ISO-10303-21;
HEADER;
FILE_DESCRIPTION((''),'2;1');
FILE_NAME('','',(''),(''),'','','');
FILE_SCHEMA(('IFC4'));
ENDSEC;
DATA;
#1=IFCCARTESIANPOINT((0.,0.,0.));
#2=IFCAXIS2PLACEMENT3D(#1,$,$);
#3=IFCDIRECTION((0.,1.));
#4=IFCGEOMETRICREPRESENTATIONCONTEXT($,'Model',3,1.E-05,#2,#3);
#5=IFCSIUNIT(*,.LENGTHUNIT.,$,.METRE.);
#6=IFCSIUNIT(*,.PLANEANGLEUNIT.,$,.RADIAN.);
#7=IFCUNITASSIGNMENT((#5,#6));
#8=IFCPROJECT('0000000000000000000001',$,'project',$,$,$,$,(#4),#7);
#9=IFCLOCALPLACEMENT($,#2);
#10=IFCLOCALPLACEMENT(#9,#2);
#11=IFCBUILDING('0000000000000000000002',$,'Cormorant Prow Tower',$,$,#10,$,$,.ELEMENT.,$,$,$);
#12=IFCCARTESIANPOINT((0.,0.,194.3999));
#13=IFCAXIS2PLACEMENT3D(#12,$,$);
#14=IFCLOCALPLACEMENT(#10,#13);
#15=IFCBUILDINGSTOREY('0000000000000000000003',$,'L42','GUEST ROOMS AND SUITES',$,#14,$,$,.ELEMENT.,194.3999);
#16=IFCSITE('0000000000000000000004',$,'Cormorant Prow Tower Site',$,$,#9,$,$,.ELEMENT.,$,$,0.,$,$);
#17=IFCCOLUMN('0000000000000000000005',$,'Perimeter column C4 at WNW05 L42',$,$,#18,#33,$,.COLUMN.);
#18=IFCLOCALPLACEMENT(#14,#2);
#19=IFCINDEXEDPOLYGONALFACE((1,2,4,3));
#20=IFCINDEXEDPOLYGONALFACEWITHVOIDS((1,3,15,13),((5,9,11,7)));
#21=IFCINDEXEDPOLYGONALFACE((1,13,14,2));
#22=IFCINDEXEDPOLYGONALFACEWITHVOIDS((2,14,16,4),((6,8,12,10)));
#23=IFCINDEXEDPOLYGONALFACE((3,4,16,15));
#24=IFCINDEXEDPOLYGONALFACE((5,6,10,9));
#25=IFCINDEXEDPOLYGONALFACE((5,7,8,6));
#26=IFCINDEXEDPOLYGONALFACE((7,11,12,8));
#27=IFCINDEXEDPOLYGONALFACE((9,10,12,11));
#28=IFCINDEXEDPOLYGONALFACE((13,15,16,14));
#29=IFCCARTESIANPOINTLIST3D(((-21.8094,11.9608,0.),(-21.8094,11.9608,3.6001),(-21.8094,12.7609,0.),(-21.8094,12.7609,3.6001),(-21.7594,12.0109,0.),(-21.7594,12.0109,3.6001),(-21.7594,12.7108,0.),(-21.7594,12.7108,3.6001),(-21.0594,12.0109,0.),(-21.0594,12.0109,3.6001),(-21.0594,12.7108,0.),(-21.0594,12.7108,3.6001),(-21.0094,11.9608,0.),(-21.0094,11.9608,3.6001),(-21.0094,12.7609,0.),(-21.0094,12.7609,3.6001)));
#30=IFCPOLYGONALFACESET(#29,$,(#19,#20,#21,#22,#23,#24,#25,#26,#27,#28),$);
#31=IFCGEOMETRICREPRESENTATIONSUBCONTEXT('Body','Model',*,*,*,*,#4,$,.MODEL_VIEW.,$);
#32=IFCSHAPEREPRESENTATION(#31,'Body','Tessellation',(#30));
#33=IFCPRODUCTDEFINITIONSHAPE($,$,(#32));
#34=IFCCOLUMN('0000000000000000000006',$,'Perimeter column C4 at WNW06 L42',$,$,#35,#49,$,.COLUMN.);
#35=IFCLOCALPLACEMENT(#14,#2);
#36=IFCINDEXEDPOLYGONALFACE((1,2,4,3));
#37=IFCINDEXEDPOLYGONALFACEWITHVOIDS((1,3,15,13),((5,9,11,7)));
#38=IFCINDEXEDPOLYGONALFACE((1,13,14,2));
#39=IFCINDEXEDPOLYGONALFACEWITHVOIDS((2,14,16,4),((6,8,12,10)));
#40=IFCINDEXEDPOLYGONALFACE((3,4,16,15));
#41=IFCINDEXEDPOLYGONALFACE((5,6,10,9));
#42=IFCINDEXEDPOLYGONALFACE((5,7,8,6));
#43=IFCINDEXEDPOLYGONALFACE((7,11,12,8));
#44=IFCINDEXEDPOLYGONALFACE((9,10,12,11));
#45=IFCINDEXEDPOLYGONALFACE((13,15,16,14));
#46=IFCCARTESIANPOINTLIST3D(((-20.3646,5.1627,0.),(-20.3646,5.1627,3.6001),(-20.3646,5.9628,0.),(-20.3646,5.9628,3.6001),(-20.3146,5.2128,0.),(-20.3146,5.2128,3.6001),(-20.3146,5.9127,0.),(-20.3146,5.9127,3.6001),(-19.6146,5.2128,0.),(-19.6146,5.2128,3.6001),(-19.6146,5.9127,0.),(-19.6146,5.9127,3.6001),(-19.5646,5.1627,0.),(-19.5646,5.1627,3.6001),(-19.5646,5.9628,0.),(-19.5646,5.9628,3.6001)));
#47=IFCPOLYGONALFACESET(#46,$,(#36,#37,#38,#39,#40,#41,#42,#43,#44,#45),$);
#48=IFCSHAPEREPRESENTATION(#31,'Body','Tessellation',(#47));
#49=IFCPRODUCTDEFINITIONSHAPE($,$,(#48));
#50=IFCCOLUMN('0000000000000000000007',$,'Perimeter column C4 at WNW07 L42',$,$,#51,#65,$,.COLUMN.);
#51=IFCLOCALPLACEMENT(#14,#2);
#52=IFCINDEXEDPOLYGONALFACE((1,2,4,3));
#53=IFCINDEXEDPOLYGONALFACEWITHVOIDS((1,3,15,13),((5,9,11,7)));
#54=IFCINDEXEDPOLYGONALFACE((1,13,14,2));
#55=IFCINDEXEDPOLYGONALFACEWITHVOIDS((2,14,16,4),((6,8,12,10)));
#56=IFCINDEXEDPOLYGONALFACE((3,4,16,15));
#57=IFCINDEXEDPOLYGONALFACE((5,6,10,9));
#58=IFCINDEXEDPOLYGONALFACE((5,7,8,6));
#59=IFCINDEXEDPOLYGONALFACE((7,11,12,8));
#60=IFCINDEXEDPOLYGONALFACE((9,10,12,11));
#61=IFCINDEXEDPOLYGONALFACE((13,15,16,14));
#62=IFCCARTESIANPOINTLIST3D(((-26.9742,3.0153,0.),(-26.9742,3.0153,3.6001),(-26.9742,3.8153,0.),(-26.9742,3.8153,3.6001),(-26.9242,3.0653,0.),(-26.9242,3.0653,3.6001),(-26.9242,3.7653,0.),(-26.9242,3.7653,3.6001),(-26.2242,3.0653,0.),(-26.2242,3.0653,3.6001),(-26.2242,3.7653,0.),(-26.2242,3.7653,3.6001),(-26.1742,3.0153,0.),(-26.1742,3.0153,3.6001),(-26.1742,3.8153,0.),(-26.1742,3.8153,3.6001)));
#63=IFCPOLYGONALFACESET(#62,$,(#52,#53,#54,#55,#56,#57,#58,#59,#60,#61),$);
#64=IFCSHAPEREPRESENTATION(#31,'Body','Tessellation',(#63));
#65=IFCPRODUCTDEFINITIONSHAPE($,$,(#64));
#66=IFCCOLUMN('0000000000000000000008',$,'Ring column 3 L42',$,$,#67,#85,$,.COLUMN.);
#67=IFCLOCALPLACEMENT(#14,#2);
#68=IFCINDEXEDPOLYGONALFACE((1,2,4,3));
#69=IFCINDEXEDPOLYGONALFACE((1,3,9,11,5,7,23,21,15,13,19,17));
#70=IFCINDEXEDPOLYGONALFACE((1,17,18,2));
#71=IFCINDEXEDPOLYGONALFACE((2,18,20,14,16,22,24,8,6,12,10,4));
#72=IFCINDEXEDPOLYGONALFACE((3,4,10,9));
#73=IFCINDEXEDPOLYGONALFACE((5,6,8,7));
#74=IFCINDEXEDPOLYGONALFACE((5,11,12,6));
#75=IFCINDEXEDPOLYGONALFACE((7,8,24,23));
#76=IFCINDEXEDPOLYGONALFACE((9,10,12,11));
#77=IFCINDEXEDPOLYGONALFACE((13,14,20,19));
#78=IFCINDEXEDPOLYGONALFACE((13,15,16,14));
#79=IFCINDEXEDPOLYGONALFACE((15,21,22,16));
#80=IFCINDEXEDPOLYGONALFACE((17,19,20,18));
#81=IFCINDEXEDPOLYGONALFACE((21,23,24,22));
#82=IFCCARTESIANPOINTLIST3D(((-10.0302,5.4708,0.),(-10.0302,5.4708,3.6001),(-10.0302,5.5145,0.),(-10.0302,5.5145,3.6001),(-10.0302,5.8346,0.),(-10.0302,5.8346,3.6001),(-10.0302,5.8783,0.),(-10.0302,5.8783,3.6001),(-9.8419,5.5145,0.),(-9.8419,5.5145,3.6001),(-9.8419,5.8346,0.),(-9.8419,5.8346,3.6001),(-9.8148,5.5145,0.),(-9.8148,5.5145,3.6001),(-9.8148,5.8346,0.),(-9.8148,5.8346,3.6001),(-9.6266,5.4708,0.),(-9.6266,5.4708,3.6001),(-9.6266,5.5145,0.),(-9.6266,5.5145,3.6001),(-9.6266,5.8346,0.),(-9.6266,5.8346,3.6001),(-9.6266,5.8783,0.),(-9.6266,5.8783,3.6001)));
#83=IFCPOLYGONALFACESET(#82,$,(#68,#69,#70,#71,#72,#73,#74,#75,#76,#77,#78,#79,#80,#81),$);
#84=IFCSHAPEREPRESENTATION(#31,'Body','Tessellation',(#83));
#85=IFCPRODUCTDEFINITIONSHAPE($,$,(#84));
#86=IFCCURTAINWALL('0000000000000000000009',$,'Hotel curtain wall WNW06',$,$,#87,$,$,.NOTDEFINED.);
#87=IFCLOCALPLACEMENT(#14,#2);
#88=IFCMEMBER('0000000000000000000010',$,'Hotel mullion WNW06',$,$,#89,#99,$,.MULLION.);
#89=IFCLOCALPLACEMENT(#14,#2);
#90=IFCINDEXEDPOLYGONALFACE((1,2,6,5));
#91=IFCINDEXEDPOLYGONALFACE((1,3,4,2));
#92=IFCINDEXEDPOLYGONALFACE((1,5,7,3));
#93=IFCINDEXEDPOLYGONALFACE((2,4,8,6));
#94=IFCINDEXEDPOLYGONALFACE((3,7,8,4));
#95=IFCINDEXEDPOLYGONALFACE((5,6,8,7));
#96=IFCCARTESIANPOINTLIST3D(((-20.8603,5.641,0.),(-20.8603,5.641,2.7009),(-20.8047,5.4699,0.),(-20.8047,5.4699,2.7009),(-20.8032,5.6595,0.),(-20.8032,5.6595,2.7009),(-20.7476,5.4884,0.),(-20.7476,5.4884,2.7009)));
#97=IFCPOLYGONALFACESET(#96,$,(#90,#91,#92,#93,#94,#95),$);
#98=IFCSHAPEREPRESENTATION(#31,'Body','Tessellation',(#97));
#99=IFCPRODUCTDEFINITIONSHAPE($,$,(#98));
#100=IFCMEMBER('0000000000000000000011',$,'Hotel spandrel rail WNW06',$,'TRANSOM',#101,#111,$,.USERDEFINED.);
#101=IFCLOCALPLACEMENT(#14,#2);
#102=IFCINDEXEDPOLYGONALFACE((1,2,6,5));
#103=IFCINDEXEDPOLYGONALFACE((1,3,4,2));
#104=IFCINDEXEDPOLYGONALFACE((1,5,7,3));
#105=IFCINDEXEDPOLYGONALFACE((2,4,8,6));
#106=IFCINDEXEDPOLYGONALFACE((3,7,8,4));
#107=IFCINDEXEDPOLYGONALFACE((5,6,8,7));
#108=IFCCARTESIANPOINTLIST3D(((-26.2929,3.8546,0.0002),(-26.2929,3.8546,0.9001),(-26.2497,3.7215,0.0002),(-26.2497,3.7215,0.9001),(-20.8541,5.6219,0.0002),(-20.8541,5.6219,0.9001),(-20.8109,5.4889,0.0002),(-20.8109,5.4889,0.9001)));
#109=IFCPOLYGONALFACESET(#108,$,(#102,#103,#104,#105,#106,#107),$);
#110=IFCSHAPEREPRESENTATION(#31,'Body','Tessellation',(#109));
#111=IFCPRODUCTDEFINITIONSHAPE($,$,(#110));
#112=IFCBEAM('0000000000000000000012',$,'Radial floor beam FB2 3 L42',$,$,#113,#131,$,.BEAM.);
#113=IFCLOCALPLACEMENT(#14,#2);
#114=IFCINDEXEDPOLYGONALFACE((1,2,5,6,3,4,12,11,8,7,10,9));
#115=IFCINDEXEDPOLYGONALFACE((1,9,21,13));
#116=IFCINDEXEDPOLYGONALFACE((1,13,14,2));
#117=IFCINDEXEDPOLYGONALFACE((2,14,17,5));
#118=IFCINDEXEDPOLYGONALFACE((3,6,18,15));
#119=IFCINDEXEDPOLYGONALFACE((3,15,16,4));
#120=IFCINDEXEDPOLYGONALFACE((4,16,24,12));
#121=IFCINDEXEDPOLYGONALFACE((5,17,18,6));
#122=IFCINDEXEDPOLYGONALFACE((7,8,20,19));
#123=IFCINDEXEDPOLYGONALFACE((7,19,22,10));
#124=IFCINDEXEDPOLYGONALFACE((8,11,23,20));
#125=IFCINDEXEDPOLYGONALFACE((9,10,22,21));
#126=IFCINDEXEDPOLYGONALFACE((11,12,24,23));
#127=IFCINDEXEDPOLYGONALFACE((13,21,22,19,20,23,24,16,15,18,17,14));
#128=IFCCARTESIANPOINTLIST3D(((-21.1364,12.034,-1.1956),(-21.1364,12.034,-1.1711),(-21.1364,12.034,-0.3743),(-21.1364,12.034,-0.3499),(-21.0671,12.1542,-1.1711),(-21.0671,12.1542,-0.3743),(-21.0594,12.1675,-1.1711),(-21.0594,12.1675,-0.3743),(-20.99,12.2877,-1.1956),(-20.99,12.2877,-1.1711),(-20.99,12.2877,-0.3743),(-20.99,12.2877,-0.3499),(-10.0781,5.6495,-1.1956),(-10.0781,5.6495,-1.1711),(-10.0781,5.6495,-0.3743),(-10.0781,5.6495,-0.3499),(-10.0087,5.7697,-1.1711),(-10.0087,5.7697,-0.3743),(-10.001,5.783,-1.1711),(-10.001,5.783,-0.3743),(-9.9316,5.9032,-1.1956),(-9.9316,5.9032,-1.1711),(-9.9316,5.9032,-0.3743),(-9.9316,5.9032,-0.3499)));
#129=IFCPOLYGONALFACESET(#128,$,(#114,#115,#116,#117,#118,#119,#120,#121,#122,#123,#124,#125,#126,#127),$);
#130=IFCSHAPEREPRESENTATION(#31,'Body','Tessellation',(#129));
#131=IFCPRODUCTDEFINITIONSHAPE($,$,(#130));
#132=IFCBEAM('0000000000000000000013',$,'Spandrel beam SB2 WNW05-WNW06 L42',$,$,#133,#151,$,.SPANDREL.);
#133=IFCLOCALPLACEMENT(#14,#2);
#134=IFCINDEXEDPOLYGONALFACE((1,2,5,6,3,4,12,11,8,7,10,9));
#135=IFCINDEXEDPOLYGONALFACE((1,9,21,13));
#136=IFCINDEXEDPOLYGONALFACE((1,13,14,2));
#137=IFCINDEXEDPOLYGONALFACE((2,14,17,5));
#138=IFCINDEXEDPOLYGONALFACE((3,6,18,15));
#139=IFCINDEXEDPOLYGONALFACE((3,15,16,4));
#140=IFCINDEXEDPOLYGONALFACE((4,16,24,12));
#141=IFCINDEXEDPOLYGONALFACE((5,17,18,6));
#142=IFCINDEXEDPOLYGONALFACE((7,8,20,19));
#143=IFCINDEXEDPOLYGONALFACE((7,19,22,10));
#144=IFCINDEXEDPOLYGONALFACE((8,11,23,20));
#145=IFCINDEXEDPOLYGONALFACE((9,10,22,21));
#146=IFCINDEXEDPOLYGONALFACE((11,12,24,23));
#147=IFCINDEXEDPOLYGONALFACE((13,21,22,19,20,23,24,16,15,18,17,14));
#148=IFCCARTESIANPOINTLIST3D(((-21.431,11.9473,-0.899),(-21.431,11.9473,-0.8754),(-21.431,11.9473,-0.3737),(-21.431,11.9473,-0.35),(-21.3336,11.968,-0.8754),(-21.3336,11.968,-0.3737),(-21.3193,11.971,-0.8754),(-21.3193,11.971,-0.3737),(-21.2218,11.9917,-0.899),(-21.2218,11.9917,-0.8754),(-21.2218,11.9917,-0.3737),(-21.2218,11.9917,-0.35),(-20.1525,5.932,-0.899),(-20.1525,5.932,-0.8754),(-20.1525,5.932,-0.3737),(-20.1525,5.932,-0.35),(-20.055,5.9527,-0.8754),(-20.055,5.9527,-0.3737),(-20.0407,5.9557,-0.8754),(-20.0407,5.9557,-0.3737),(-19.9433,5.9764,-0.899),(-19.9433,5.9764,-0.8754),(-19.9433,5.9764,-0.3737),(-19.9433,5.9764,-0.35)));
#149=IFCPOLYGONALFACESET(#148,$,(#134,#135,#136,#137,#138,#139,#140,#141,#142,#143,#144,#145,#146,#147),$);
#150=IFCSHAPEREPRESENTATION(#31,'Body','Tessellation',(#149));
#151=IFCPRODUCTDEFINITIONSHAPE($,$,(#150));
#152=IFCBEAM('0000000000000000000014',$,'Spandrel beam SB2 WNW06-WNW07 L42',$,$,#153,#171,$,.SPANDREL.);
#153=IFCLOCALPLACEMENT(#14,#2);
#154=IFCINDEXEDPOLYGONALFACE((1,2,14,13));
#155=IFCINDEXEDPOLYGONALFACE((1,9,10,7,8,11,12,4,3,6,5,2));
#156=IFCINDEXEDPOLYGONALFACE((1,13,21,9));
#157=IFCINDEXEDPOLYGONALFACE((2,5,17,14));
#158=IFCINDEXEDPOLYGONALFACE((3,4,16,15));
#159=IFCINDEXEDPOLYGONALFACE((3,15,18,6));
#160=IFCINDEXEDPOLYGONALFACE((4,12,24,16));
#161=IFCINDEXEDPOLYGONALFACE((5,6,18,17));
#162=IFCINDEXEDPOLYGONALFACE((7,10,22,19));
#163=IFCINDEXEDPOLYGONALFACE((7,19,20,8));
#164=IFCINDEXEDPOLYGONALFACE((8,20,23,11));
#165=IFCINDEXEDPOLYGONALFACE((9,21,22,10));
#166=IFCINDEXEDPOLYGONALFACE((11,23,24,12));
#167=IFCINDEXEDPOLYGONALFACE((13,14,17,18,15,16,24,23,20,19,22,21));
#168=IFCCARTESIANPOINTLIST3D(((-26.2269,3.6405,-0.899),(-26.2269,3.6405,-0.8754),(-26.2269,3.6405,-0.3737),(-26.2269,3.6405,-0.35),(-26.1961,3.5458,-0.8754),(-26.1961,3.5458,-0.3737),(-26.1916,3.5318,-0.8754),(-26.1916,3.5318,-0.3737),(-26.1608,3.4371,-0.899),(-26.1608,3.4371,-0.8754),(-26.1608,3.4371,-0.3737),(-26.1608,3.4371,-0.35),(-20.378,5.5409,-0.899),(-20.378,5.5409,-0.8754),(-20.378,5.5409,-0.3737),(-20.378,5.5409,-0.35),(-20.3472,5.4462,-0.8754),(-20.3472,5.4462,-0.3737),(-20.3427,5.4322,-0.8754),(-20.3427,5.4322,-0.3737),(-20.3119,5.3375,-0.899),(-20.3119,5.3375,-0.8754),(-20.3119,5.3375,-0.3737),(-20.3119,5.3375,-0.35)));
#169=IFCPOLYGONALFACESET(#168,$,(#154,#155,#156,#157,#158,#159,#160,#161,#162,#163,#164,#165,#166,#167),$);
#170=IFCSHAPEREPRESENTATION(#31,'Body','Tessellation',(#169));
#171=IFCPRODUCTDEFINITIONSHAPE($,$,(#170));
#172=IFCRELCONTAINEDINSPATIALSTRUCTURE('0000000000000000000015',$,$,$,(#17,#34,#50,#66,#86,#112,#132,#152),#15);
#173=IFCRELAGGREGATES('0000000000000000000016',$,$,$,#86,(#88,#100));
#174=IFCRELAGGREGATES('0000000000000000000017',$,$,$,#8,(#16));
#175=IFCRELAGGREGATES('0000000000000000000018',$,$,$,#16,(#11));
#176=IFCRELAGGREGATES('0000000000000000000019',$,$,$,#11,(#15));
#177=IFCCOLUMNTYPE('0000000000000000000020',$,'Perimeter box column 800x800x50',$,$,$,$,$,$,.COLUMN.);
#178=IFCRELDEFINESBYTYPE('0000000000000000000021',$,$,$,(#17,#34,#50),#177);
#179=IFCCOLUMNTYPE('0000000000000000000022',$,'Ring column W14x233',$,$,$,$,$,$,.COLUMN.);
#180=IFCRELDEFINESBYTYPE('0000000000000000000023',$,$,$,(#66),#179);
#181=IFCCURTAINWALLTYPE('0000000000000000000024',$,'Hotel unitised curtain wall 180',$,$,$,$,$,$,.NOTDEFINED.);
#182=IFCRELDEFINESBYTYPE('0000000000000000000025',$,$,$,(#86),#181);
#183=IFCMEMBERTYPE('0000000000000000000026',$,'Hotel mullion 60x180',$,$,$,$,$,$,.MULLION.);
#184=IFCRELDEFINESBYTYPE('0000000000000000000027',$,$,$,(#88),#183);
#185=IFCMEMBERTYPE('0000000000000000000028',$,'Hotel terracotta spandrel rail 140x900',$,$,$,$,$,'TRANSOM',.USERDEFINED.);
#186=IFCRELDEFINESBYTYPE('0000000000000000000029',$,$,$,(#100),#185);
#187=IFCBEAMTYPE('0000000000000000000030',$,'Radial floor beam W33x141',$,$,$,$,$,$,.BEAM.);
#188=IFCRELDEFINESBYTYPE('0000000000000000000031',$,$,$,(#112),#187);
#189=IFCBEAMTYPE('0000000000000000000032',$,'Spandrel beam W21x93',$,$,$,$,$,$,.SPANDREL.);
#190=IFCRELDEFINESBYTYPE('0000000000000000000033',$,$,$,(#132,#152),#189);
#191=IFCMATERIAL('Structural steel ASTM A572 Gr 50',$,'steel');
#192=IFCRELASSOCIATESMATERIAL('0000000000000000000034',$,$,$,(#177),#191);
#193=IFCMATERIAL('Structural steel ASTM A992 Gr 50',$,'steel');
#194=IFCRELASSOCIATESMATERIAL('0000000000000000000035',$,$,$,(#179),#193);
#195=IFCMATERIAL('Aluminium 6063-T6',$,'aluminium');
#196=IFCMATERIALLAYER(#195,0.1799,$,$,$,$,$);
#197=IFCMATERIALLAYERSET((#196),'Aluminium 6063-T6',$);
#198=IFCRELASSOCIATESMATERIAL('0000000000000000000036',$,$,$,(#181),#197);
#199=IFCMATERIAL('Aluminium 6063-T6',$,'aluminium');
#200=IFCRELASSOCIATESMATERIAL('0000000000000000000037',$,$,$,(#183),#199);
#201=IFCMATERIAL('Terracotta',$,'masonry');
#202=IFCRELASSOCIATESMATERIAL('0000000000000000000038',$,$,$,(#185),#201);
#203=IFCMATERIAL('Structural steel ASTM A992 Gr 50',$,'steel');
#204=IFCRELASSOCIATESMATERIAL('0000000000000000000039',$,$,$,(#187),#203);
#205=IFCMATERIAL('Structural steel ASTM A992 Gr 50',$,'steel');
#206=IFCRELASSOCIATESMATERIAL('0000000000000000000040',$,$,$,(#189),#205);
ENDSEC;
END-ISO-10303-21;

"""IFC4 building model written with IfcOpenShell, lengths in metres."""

from ifc_helpers import new_model, si_unit, direction, frame, origin, origin_2d, place, context, subcontext, project, spatial, rectangle, hollow_rectangle, i_section, extrude, material, layer, layer_set, material_profile, profile_set, type_object, element, aggregate, save


model = new_model("IFC4")

# Units and contexts
model_context = context("Model", 3, precision=1e-05, world=origin(), true_north=direction((0.0, 1.0)))
body_context = subcontext(model_context, "Body", "Model", "MODEL_VIEW")
ifc_project = project(units=[si_unit("LENGTHUNIT", "METRE"), si_unit("PLANEANGLEUNIT", "RADIAN")], contexts=[model_context])

# Site, building, storey
site_placement = place(None, origin())
site = spatial("IfcSite", under=ifc_project, at=site_placement, Name="Cormorant Prow Tower Site", CompositionType="ELEMENT", RefElevation=0.0)
building_placement = place(site_placement, origin())
building = spatial("IfcBuilding", under=site, at=building_placement, Name="Cormorant Prow Tower", CompositionType="ELEMENT")
storey_placement = place(building_placement, frame((0.0, 0.0, 194.3999)))
storey = spatial("IfcBuildingStorey", under=building, at=storey_placement, Name="L42", Description="GUEST ROOMS AND SUITES", CompositionType="ELEMENT", Elevation=194.3999)

# Columns
ifc_material_1 = material(Name="Structural steel ASTM A572 Gr 50", Category="steel")
ifc_material_profile_1 = material_profile(ifc_material_1, hollow_rectangle(XDim=0.8, YDim=0.8, WallThickness=0.05, at=origin_2d()), Name="Box 800x800x50")
ifc_profile_set_1 = profile_set([ifc_material_profile_1], Name="Structural steel ASTM A572 Gr 50")
column_type_1 = type_object("IfcColumnType", Name="Perimeter box column 800x800x50", PredefinedType="COLUMN", material=ifc_profile_set_1)
for number, where, z_axis, x_axis, name in (
    (1, (-21.4094, 12.3608, 0.0), (0.0, 0.0, 1.0), (1.0, 0.0, 0.0), "Perimeter column C4 at WNW05 L42"),
    (2, (-19.9646, 5.5627, 0.0), (0.0, 0.0, 1.0), (1.0, 0.0, 0.0), "Perimeter column C4 at WNW06 L42"),
    (3, (-26.5742, 3.4153, 0.0), (0.0, 0.0, 1.0), (1.0, 0.0, 0.0), "Perimeter column C4 at WNW07 L42"),
):
    element("IfcColumn", number, at=place(storey_placement, frame(where, z_axis=z_axis, x_axis=x_axis)), inside=storey, type_object=column_type_1, Name=name, PredefinedType="COLUMN", context=body_context, shape_type="SweptSolid", body=[
        extrude(hollow_rectangle(XDim=0.8, YDim=0.8, WallThickness=0.05, at=origin_2d()), origin(), (0.0, 0.0, 1.0), 3.6001),
    ])
ifc_material_2 = material(Name="Structural steel ASTM A992 Gr 50", Category="steel")
ifc_material_profile_2 = material_profile(ifc_material_2, i_section(OverallWidth=0.4036, OverallDepth=0.4075, WebThickness=0.0271, FlangeThickness=0.0437, at=origin_2d()), Name="W14x233")
ifc_profile_set_2 = profile_set([ifc_material_profile_2], Name="Structural steel ASTM A992 Gr 50")
column_type_2 = type_object("IfcColumnType", Name="Ring column W14x233", PredefinedType="COLUMN", material=ifc_profile_set_2)
column_placement = place(storey_placement, frame((-9.8284, 5.6746, 0.0), z_axis=(0.0, 0.0, 1.0), x_axis=(1.0, 0.0, 0.0)))
element("IfcColumn", 4, at=column_placement, inside=storey, type_object=column_type_2, Name="Ring column 3 L42", PredefinedType="COLUMN", context=body_context, shape_type="SweptSolid", body=[
    extrude(i_section(OverallWidth=0.4036, OverallDepth=0.4075, WebThickness=0.0271, FlangeThickness=0.0437, at=origin_2d()), origin(), (0.0, 0.0, 1.0), 3.6001),
])

# Curtain wall, members
ifc_material_3 = material(Name="Aluminium 6063-T6", Category="aluminium")
ifc_layer_1 = layer(ifc_material_3, 0.1799)
ifc_layer_set_1 = layer_set([ifc_layer_1], Name="Aluminium 6063-T6")
curtain_wall_type = type_object("IfcCurtainWallType", Name="Hotel unitised curtain wall 180", PredefinedType="NOTDEFINED", material=ifc_layer_set_1)
curtain_wall_1_placement = place(storey_placement, origin())
curtain_wall_1 = element("IfcCurtainWall", 5, at=curtain_wall_1_placement, inside=storey, type_object=curtain_wall_type, Name="Hotel curtain wall WNW06", PredefinedType="NOTDEFINED")
ifc_material_4 = material(Name="Aluminium 6063-T6", Category="aluminium")
ifc_material_profile_3 = material_profile(ifc_material_4, rectangle(XDim=0.1799, YDim=0.0601, at=origin_2d()), Name="Hotel mullion 60x180")
ifc_profile_set_3 = profile_set([ifc_material_profile_3], Name="Aluminium 6063-T6")
member_type_1 = type_object("IfcMemberType", Name="Hotel mullion 60x180", PredefinedType="MULLION", material=ifc_profile_set_3)
member_1_placement = place(storey_placement, frame((-20.804, 5.5647, 0.0), z_axis=(0.0, 0.0, 1.0), x_axis=(0.309017, -0.951057, 0.0)))
member_1 = element("IfcMember", 6, at=member_1_placement, type_object=member_type_1, Name="Hotel mullion WNW06", PredefinedType="MULLION", context=body_context, shape_type="SweptSolid", body=[
    extrude(rectangle(XDim=0.1799, YDim=0.0601, at=origin_2d()), origin(), (0.0, 0.0, 1.0), 2.7009),
])
ifc_material_5 = material(Name="Terracotta", Category="masonry")
ifc_material_profile_4 = material_profile(ifc_material_5, rectangle(XDim=0.1399, YDim=0.8999, at=origin_2d()), Name="Hotel terracotta spandrel rail 140x900")
ifc_profile_set_4 = profile_set([ifc_material_profile_4], Name="Terracotta")
member_type_2 = type_object("IfcMemberType", Name="Hotel terracotta spandrel rail 140x900", ElementType="TRANSOM", PredefinedType="USERDEFINED", material=ifc_profile_set_4)
member_2_placement = place(storey_placement, frame((-20.8325, 5.5554, 0.4502), z_axis=(-0.951047, -0.309046, 0.0), x_axis=(0.309046, -0.951047, 0.0)))
member_2 = element("IfcMember", 7, at=member_2_placement, type_object=member_type_2, Name="Hotel spandrel rail WNW06", ObjectType="TRANSOM", PredefinedType="USERDEFINED", context=body_context, shape_type="SweptSolid", body=[
    extrude(rectangle(XDim=0.1399, YDim=0.8999, at=origin_2d()), origin(), (0.0, 0.0, 1.0), 5.7188),
])

# Beams
ifc_material_6 = material(Name="Structural steel ASTM A992 Gr 50", Category="steel")
ifc_material_profile_5 = material_profile(ifc_material_6, i_section(OverallWidth=0.293, OverallDepth=0.8457, WebThickness=0.0154, FlangeThickness=0.0244, at=origin_2d()), Name="W33x141")
ifc_profile_set_5 = profile_set([ifc_material_profile_5], Name="Structural steel ASTM A992 Gr 50")
beam_type_1 = type_object("IfcBeamType", Name="Radial floor beam W33x141", PredefinedType="BEAM", material=ifc_profile_set_5)
beam_1_placement = place(storey_placement, frame((-10.0049, 5.7764, -0.7727), z_axis=(-0.866026, 0.499999, 0.0), x_axis=(-0.499999, -0.866026, 0.0)))
element("IfcBeam", 8, at=beam_1_placement, inside=storey, type_object=beam_type_1, Name="Radial floor beam FB2 3 L42", PredefinedType="BEAM", context=body_context, shape_type="SweptSolid", body=[
    extrude(i_section(OverallWidth=0.293, OverallDepth=0.8457, WebThickness=0.0154, FlangeThickness=0.0244, at=origin_2d()), origin(), (0.0, 0.0, 1.0), 12.769),
])
ifc_material_7 = material(Name="Structural steel ASTM A992 Gr 50", Category="steel")
ifc_material_profile_6 = material_profile(ifc_material_7, i_section(OverallWidth=0.2139, OverallDepth=0.5491, WebThickness=0.0146, FlangeThickness=0.0237, at=origin_2d()), Name="W21x93")
ifc_profile_set_6 = profile_set([ifc_material_profile_6], Name="Structural steel ASTM A992 Gr 50")
beam_type_2 = type_object("IfcBeamType", Name="Spandrel beam W21x93", PredefinedType="SPANDREL", material=ifc_profile_set_6)
beam_2_placement = place(storey_placement, frame((-21.3264, 11.9695, -0.6245), z_axis=(0.207905, -0.978149, 0.0), x_axis=(0.978149, 0.207905, 0.0)))
element("IfcBeam", 9, at=beam_2_placement, inside=storey, type_object=beam_type_2, Name="Spandrel beam SB2 WNW05-WNW06 L42", PredefinedType="SPANDREL", context=body_context, shape_type="SweptSolid", body=[
    extrude(i_section(OverallWidth=0.2139, OverallDepth=0.5491, WebThickness=0.0146, FlangeThickness=0.0237, at=origin_2d()), origin(), (0.0, 0.0, 1.0), 6.1497),
])
beam_3_placement = place(storey_placement, frame((-20.345, 5.4392, -0.6245), z_axis=(-0.951058, -0.309013, 0.0), x_axis=(0.309013, -0.951058, 0.0)))
element("IfcBeam", 10, at=beam_3_placement, inside=storey, type_object=beam_type_2, Name="Spandrel beam SB2 WNW06-WNW07 L42", PredefinedType="SPANDREL", context=body_context, shape_type="SweptSolid", body=[
    extrude(i_section(OverallWidth=0.2139, OverallDepth=0.5491, WebThickness=0.0146, FlangeThickness=0.0237, at=origin_2d()), origin(), (0.0, 0.0, 1.0), 6.1499),
])

aggregate(curtain_wall_1, [member_1, member_2])

save(model, "model.ifc")
